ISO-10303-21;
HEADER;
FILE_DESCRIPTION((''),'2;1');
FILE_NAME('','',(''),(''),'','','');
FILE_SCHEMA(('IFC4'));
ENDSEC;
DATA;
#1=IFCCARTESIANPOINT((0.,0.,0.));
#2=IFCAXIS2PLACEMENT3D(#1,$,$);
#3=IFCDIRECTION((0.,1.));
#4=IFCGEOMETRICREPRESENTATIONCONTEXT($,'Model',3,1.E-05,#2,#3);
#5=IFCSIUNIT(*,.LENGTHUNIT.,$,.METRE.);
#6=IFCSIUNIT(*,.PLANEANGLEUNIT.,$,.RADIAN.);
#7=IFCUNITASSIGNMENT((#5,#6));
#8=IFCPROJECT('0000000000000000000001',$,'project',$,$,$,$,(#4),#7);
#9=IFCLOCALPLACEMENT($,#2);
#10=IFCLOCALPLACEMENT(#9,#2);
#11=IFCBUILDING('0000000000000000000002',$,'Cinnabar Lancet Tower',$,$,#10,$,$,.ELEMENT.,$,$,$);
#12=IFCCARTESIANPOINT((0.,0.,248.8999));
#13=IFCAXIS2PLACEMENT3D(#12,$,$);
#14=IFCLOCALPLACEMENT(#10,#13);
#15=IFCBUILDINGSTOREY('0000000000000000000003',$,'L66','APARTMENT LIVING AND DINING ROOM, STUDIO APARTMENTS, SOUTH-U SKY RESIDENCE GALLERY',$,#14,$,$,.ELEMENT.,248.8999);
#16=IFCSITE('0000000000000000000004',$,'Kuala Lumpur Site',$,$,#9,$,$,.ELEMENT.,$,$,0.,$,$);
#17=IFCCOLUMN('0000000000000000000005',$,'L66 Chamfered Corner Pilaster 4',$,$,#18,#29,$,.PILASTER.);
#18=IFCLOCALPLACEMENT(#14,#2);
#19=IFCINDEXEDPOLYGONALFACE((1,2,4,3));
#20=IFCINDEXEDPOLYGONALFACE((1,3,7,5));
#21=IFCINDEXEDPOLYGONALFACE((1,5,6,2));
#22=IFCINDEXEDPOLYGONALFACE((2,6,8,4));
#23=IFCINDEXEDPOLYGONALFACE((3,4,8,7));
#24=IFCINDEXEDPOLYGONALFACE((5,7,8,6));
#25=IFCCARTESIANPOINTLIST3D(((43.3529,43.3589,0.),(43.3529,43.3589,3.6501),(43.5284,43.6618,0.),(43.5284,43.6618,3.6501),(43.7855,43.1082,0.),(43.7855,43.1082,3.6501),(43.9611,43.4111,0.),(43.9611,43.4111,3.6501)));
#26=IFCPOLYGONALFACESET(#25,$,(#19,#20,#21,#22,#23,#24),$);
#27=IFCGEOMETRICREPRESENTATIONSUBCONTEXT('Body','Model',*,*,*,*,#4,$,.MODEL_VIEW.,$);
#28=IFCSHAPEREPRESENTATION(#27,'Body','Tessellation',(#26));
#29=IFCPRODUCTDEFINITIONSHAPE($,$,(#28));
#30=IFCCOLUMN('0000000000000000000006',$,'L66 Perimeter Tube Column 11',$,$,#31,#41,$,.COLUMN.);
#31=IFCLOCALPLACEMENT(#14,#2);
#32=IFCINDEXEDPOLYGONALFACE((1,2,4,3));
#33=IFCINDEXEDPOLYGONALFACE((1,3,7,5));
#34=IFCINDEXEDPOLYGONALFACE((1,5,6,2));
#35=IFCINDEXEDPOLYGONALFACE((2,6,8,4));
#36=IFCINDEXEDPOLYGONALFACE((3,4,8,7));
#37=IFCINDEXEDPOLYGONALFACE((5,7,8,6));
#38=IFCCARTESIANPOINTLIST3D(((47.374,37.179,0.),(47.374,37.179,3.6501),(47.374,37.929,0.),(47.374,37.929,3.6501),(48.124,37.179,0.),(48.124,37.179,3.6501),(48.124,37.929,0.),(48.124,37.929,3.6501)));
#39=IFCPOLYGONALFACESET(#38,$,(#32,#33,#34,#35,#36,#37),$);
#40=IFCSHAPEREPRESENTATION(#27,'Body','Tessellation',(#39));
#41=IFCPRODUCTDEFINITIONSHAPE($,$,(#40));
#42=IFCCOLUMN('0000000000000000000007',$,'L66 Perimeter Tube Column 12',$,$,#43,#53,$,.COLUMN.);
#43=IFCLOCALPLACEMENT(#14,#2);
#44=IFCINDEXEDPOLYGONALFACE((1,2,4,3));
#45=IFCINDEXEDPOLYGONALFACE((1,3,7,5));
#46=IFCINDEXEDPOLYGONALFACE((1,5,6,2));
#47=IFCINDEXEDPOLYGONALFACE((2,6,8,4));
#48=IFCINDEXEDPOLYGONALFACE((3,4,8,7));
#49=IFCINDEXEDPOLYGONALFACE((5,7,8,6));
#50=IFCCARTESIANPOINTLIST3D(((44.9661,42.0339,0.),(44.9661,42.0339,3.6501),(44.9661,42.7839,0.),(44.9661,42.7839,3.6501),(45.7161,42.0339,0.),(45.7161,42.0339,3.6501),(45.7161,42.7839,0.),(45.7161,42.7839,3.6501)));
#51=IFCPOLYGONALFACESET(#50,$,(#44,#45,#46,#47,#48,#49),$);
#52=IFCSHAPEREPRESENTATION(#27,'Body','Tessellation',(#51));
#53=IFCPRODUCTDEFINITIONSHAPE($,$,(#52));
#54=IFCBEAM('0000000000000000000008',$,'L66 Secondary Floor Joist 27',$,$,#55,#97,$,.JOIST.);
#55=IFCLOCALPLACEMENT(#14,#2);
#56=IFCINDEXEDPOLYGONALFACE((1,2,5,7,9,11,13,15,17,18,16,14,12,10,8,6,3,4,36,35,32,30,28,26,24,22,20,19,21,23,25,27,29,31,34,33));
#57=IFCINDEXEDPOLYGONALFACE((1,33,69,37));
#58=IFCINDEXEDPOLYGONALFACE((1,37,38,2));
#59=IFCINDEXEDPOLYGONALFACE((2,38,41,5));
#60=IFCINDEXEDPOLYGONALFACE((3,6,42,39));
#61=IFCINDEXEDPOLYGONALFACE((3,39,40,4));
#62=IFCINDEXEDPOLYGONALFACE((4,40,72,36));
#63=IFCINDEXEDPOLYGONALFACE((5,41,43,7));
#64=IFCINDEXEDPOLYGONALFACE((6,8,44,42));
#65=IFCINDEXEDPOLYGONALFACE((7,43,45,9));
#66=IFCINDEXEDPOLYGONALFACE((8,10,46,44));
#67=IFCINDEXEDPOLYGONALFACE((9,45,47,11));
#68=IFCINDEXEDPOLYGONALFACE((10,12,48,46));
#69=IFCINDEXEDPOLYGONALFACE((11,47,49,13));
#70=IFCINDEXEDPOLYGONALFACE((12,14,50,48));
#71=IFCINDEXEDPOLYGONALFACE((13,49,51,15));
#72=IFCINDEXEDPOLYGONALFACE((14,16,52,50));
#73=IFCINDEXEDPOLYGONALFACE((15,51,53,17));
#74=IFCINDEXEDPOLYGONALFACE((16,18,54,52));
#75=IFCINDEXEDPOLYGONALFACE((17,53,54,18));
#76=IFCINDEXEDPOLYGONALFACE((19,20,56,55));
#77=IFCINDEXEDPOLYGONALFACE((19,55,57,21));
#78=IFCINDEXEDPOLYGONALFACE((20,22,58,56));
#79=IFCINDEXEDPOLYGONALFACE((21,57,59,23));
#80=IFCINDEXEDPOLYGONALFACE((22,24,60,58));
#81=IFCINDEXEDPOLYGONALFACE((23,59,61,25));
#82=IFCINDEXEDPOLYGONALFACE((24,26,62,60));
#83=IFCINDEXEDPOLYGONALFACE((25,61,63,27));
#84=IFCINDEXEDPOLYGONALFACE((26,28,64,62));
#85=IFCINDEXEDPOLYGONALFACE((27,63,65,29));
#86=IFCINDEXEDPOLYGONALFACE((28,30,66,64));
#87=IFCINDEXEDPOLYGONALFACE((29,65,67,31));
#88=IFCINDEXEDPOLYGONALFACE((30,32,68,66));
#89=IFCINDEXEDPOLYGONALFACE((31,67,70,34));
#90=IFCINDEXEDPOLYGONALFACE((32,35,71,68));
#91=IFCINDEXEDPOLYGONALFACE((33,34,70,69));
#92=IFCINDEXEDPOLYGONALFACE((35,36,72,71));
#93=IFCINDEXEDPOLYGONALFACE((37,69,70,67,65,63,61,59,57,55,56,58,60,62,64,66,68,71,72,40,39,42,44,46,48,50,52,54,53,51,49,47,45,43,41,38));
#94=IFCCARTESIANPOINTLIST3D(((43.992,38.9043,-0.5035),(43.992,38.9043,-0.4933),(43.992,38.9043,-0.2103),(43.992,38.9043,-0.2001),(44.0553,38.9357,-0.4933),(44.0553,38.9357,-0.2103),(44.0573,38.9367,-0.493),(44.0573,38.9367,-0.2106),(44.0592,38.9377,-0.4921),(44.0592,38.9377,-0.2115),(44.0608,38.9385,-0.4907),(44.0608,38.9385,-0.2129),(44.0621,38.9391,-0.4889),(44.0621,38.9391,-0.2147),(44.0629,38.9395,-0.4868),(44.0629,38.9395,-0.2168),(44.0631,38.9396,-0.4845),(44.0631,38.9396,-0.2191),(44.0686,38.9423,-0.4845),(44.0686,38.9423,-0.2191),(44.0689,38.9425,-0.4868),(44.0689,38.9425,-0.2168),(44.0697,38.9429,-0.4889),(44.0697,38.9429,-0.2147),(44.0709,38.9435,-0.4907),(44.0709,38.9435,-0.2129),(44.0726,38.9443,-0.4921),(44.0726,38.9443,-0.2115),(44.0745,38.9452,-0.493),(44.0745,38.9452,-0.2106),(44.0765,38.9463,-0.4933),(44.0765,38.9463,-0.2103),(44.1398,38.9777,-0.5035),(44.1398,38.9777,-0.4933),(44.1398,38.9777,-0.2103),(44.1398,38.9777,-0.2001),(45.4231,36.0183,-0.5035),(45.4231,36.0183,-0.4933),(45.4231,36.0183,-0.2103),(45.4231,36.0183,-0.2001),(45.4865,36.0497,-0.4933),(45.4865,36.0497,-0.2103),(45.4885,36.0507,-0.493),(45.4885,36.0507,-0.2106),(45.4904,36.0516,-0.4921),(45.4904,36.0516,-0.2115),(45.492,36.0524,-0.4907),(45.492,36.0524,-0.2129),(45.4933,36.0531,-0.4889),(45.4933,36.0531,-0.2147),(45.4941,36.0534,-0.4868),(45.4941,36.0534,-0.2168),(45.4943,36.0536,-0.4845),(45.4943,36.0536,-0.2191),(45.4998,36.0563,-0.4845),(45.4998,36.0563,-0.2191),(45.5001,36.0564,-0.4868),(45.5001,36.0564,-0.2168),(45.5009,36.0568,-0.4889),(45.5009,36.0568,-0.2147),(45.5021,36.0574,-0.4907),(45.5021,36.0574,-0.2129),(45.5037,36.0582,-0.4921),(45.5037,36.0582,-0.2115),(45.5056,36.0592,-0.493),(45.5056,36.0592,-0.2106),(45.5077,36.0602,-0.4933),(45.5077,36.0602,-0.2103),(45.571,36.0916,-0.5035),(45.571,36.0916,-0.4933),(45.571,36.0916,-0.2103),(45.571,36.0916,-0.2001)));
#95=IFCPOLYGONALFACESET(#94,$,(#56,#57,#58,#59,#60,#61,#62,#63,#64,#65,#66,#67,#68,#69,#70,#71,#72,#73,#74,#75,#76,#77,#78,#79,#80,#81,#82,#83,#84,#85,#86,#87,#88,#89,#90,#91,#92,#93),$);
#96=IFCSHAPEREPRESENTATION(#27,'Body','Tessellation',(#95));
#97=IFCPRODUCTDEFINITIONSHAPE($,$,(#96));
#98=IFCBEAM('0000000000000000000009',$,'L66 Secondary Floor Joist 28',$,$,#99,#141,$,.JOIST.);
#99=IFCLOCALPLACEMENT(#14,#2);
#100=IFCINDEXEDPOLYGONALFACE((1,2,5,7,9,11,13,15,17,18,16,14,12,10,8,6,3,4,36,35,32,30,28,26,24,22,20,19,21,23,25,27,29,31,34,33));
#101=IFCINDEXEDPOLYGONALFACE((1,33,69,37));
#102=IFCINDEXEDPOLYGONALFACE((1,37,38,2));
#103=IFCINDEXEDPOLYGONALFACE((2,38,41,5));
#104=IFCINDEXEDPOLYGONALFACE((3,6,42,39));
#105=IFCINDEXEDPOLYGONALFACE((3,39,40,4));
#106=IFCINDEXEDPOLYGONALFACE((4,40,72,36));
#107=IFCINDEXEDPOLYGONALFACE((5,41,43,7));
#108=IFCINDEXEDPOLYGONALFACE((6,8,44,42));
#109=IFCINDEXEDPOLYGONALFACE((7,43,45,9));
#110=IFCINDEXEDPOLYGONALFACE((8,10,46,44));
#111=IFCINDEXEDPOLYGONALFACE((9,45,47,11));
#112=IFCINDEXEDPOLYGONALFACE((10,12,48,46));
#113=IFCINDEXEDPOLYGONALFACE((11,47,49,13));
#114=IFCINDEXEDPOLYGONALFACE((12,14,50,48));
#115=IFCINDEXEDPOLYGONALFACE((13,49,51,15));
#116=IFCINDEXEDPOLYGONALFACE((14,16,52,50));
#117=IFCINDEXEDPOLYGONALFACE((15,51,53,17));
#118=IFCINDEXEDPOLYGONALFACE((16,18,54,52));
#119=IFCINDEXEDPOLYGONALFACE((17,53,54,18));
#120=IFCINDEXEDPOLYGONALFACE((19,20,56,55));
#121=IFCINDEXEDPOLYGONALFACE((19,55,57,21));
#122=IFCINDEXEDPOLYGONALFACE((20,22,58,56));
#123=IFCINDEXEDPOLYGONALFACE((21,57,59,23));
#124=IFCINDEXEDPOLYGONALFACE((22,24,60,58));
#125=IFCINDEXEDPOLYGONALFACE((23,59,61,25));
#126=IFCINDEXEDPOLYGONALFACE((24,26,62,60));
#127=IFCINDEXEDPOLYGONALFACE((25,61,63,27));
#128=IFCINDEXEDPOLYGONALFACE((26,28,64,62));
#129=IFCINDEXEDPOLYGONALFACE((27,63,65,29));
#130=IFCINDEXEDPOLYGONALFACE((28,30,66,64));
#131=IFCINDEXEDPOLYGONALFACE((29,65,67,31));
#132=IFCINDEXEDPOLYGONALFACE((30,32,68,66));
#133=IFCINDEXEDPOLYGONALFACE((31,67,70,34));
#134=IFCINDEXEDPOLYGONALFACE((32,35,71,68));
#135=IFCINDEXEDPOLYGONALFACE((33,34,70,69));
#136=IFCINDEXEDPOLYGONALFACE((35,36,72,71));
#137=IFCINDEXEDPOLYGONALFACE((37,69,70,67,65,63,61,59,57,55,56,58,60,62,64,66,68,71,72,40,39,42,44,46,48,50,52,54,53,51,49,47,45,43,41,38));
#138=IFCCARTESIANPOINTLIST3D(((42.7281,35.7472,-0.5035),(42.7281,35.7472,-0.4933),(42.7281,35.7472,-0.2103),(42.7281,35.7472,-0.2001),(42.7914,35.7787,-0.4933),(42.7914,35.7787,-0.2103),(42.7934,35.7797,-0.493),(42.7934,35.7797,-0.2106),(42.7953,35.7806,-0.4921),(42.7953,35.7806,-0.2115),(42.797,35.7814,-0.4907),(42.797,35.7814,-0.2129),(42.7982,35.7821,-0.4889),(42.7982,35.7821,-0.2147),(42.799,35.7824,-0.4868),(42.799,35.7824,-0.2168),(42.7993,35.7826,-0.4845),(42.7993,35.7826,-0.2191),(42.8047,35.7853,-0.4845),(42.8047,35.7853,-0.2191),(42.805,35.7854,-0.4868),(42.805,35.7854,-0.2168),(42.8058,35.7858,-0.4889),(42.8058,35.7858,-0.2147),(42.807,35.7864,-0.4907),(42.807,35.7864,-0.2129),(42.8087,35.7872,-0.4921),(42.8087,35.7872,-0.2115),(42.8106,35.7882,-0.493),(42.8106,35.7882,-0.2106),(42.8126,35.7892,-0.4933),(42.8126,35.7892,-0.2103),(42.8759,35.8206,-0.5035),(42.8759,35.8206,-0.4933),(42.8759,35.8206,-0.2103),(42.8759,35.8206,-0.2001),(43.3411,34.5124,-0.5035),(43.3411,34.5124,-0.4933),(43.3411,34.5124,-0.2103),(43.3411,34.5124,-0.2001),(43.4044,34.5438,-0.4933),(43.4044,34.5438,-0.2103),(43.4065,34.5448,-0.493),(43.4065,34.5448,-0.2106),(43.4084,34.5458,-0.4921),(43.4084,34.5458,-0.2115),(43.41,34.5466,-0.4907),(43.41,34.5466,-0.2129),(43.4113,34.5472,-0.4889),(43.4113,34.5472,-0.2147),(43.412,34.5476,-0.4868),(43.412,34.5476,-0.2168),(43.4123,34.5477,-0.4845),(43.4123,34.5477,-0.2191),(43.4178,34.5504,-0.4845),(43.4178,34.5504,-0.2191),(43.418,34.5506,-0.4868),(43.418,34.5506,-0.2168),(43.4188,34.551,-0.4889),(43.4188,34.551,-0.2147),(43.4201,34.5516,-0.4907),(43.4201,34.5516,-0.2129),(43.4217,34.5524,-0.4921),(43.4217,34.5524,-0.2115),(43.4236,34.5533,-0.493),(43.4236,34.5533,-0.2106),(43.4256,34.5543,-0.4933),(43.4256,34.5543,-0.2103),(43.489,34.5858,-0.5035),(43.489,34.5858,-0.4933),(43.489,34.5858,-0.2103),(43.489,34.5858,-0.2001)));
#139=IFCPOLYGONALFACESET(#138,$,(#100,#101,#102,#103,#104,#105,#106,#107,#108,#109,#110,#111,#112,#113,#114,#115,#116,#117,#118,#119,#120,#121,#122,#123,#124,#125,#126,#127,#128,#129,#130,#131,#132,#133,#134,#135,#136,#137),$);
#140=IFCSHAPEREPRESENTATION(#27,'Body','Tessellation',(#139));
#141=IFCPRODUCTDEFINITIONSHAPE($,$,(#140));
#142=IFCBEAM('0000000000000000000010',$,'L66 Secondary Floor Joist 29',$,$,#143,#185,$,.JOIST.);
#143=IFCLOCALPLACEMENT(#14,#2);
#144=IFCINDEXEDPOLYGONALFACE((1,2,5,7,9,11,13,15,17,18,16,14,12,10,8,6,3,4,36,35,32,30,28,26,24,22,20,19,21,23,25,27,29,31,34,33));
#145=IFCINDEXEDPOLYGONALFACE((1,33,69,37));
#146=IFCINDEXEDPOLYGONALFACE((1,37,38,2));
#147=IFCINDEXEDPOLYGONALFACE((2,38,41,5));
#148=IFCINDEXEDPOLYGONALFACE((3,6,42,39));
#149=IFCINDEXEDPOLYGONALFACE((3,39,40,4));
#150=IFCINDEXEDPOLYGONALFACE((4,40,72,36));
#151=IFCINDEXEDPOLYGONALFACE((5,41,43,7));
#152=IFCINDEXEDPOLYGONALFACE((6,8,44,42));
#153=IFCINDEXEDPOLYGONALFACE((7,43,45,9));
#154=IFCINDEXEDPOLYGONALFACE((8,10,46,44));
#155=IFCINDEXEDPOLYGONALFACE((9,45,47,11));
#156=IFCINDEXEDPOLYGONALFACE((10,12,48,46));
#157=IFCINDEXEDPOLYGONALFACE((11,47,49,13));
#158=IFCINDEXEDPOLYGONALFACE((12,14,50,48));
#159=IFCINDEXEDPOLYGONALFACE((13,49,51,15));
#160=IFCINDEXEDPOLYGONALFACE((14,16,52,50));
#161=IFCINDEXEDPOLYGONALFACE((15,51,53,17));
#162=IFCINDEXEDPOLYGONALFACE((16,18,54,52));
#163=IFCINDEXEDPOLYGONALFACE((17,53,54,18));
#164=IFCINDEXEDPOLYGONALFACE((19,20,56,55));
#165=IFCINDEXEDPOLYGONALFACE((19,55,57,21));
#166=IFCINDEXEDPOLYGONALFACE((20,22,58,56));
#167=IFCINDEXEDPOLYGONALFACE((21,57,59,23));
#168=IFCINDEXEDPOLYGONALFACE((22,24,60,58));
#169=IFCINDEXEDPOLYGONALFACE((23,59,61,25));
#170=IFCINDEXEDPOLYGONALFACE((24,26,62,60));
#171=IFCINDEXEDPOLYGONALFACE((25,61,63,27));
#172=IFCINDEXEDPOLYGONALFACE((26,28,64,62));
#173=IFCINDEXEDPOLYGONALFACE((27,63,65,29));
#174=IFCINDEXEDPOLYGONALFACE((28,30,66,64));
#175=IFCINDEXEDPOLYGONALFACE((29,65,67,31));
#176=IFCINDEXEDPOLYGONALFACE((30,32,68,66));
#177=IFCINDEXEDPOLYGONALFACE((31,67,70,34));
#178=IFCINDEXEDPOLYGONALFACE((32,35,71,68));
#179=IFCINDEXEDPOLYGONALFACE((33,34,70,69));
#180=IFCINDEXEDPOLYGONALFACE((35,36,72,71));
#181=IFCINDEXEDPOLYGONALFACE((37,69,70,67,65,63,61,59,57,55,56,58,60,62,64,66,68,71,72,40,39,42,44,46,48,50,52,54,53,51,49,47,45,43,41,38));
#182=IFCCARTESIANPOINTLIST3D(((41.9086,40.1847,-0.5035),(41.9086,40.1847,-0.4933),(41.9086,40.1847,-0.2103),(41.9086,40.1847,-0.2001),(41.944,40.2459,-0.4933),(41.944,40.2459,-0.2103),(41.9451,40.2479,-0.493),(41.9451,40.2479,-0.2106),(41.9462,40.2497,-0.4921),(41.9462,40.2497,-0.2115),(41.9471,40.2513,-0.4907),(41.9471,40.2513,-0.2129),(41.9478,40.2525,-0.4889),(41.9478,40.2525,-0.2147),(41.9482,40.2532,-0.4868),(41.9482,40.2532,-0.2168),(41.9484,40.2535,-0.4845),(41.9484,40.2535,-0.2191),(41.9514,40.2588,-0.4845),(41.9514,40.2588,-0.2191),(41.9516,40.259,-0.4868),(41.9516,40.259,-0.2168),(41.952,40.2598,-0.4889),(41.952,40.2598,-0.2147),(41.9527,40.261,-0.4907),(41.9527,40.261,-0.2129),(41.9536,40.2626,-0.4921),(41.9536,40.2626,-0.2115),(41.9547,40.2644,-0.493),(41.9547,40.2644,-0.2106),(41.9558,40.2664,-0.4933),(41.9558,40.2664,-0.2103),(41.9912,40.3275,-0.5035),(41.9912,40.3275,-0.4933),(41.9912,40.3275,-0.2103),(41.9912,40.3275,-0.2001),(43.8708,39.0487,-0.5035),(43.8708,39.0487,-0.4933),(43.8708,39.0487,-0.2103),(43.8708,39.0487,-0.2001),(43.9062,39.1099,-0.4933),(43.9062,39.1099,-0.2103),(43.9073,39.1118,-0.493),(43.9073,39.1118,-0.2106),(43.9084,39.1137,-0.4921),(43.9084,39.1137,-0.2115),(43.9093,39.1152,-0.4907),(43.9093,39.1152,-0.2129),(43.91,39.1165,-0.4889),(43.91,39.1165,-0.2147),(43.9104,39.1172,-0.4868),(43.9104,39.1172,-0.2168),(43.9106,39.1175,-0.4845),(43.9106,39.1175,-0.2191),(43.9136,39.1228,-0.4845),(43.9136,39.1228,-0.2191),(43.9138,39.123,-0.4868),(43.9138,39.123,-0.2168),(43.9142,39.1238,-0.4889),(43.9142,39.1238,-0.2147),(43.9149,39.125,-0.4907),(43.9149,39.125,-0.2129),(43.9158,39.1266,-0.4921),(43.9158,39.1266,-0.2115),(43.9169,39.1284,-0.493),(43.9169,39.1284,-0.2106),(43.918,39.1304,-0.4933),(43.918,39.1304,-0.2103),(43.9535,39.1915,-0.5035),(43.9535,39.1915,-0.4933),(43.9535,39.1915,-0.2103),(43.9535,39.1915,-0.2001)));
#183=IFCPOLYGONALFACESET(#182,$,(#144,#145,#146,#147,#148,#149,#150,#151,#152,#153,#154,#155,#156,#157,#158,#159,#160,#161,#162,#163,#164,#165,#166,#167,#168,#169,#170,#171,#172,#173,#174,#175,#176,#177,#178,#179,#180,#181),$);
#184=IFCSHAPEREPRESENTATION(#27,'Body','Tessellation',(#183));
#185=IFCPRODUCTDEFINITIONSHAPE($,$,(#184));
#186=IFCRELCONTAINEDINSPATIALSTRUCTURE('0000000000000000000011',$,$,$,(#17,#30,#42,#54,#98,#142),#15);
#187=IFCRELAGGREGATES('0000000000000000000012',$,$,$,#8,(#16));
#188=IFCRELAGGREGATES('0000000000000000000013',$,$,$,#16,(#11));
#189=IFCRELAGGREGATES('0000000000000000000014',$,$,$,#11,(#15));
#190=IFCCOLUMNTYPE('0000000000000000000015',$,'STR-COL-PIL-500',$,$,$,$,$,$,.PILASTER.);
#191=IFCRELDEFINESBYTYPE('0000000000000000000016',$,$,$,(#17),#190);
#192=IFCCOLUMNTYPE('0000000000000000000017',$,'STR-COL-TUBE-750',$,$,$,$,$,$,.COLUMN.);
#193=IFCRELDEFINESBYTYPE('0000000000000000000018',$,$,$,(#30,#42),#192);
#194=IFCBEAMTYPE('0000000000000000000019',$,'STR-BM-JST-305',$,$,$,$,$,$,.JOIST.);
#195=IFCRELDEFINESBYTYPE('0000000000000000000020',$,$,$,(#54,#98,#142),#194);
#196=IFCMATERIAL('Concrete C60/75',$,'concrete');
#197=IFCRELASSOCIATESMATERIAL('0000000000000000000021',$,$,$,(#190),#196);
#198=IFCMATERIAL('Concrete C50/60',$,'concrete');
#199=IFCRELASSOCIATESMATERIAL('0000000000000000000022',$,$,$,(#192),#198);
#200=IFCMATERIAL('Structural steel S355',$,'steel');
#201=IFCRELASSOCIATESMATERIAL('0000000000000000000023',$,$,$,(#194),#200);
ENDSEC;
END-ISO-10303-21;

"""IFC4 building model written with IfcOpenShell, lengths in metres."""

from ifc_helpers import new_model, si_unit, direction, frame, origin, origin_2d, place, context, subcontext, project, spatial, rectangle, i_section, extrude, material, material_profile, profile_set, type_object, element, save


model = new_model("IFC4")

# Units and contexts
model_context = context("Model", 3, precision=1e-05, world=origin(), true_north=direction((0.0, 1.0)))
body_context = subcontext(model_context, "Body", "Model", "MODEL_VIEW")
ifc_project = project(units=[si_unit("LENGTHUNIT", "METRE"), si_unit("PLANEANGLEUNIT", "RADIAN")], contexts=[model_context])

# Site, building, storey
site_placement = place(None, origin())
site = spatial("IfcSite", under=ifc_project, at=site_placement, Name="Kuala Lumpur Site", CompositionType="ELEMENT", RefElevation=0.0)
building_placement = place(site_placement, origin())
building = spatial("IfcBuilding", under=site, at=building_placement, Name="Cinnabar Lancet Tower", CompositionType="ELEMENT")
storey_placement = place(building_placement, frame((0.0, 0.0, 248.8999)))
storey = spatial("IfcBuildingStorey", under=building, at=storey_placement, Name="L66", Description="APARTMENT LIVING AND DINING ROOM, STUDIO APARTMENTS, SOUTH-U SKY RESIDENCE GALLERY", CompositionType="ELEMENT", Elevation=248.8999)

# Columns
ifc_material_1 = material(Name="Concrete C60/75", Category="concrete")
ifc_material_profile_1 = material_profile(ifc_material_1, rectangle(XDim=0.5, YDim=0.3501, at=origin_2d()), Name="RC-PIL 500x350")
ifc_profile_set_1 = profile_set([ifc_material_profile_1], Name="Concrete C60/75")
column_type_1 = type_object("IfcColumnType", Name="STR-COL-PIL-500", PredefinedType="PILASTER", material=ifc_profile_set_1)
column_placement = place(storey_placement, frame((43.657, 43.385, 0.0), z_axis=(0.0, 0.0, 1.0), x_axis=(-0.865256, 0.50133, 0.0)))
element("IfcColumn", 1, at=column_placement, inside=storey, type_object=column_type_1, Name="L66 Chamfered Corner Pilaster 4", PredefinedType="PILASTER", context=body_context, shape_type="SweptSolid", body=[
    extrude(rectangle(XDim=0.5, YDim=0.3501, at=origin_2d()), origin(), (0.0, 0.0, 1.0), 3.6501),
])
ifc_material_2 = material(Name="Concrete C50/60", Category="concrete")
ifc_material_profile_2 = material_profile(ifc_material_2, rectangle(XDim=0.75, YDim=0.75, at=origin_2d()), Name="RC-COL 750x750")
ifc_profile_set_2 = profile_set([ifc_material_profile_2], Name="Concrete C50/60")
column_type_2 = type_object("IfcColumnType", Name="STR-COL-TUBE-750", PredefinedType="COLUMN", material=ifc_profile_set_2)
for number, where, z_axis, x_axis, name in (
    (2, (47.749, 37.554, 0.0), (0.0, 0.0, 1.0), (1.0, 0.0, 0.0), "L66 Perimeter Tube Column 11"),
    (3, (45.3411, 42.4089, 0.0), (0.0, 0.0, 1.0), (1.0, 0.0, 0.0), "L66 Perimeter Tube Column 12"),
):
    element("IfcColumn", number, at=place(storey_placement, frame(where, z_axis=z_axis, x_axis=x_axis)), inside=storey, type_object=column_type_2, Name=name, PredefinedType="COLUMN", context=body_context, shape_type="SweptSolid", body=[
        extrude(rectangle(XDim=0.75, YDim=0.75, at=origin_2d()), origin(), (0.0, 0.0, 1.0), 3.6501),
    ])

# Beams
ifc_material_3 = material(Name="Structural steel S355", Category="steel")
ifc_material_profile_3 = material_profile(ifc_material_3, i_section(OverallWidth=0.165, OverallDepth=0.3035, WebThickness=0.0061, FlangeThickness=0.0103, FilletRadius=0.0088, at=origin_2d()), Name="UKB 305x165x40")
ifc_profile_set_3 = profile_set([ifc_material_profile_3], Name="Structural steel S355")
beam_type_1 = type_object("IfcBeamType", Name="STR-BM-JST-305", PredefinedType="JOIST", material=ifc_profile_set_3)
beam_1_placement = place(storey_placement, frame((45.4971, 36.0549, -0.3518), z_axis=(-0.444271, 0.895893, 0.0), x_axis=(-0.895893, -0.444271, 0.0)))
element("IfcBeam", 4, at=beam_1_placement, inside=storey, type_object=beam_type_1, Name="L66 Secondary Floor Joist 27", PredefinedType="JOIST", context=body_context, shape_type="SweptSolid", body=[
    extrude(i_section(OverallWidth=0.165, OverallDepth=0.3035, WebThickness=0.0061, FlangeThickness=0.0103, FilletRadius=0.0088, at=origin_2d()), origin(), (0.0, 0.0, 1.0), 3.2214),
])
beam_2_placement = place(storey_placement, frame((43.415, 34.5491, -0.3518), z_axis=(-0.444662, 0.895699, 0.0), x_axis=(-0.895699, -0.444662, 0.0)))
element("IfcBeam", 5, at=beam_2_placement, inside=storey, type_object=beam_type_1, Name="L66 Secondary Floor Joist 28", PredefinedType="JOIST", context=body_context, shape_type="SweptSolid", body=[
    extrude(i_section(OverallWidth=0.165, OverallDepth=0.3035, WebThickness=0.0061, FlangeThickness=0.0103, FilletRadius=0.0088, at=origin_2d()), origin(), (0.0, 0.0, 1.0), 1.3787),
])
beam_3_placement = place(storey_placement, frame((43.9121, 39.1201, -0.3518), z_axis=(-0.865426, 0.501036, 0.0), x_axis=(-0.501036, -0.865426, 0.0)))
element("IfcBeam", 6, at=beam_3_placement, inside=storey, type_object=beam_type_1, Name="L66 Secondary Floor Joist 29", PredefinedType="JOIST", context=body_context, shape_type="SweptSolid", body=[
    extrude(i_section(OverallWidth=0.165, OverallDepth=0.3035, WebThickness=0.0061, FlangeThickness=0.0103, FilletRadius=0.0088, at=origin_2d()), origin(), (0.0, 0.0, 1.0), 2.2673),
])

save(model, "model.ifc")
